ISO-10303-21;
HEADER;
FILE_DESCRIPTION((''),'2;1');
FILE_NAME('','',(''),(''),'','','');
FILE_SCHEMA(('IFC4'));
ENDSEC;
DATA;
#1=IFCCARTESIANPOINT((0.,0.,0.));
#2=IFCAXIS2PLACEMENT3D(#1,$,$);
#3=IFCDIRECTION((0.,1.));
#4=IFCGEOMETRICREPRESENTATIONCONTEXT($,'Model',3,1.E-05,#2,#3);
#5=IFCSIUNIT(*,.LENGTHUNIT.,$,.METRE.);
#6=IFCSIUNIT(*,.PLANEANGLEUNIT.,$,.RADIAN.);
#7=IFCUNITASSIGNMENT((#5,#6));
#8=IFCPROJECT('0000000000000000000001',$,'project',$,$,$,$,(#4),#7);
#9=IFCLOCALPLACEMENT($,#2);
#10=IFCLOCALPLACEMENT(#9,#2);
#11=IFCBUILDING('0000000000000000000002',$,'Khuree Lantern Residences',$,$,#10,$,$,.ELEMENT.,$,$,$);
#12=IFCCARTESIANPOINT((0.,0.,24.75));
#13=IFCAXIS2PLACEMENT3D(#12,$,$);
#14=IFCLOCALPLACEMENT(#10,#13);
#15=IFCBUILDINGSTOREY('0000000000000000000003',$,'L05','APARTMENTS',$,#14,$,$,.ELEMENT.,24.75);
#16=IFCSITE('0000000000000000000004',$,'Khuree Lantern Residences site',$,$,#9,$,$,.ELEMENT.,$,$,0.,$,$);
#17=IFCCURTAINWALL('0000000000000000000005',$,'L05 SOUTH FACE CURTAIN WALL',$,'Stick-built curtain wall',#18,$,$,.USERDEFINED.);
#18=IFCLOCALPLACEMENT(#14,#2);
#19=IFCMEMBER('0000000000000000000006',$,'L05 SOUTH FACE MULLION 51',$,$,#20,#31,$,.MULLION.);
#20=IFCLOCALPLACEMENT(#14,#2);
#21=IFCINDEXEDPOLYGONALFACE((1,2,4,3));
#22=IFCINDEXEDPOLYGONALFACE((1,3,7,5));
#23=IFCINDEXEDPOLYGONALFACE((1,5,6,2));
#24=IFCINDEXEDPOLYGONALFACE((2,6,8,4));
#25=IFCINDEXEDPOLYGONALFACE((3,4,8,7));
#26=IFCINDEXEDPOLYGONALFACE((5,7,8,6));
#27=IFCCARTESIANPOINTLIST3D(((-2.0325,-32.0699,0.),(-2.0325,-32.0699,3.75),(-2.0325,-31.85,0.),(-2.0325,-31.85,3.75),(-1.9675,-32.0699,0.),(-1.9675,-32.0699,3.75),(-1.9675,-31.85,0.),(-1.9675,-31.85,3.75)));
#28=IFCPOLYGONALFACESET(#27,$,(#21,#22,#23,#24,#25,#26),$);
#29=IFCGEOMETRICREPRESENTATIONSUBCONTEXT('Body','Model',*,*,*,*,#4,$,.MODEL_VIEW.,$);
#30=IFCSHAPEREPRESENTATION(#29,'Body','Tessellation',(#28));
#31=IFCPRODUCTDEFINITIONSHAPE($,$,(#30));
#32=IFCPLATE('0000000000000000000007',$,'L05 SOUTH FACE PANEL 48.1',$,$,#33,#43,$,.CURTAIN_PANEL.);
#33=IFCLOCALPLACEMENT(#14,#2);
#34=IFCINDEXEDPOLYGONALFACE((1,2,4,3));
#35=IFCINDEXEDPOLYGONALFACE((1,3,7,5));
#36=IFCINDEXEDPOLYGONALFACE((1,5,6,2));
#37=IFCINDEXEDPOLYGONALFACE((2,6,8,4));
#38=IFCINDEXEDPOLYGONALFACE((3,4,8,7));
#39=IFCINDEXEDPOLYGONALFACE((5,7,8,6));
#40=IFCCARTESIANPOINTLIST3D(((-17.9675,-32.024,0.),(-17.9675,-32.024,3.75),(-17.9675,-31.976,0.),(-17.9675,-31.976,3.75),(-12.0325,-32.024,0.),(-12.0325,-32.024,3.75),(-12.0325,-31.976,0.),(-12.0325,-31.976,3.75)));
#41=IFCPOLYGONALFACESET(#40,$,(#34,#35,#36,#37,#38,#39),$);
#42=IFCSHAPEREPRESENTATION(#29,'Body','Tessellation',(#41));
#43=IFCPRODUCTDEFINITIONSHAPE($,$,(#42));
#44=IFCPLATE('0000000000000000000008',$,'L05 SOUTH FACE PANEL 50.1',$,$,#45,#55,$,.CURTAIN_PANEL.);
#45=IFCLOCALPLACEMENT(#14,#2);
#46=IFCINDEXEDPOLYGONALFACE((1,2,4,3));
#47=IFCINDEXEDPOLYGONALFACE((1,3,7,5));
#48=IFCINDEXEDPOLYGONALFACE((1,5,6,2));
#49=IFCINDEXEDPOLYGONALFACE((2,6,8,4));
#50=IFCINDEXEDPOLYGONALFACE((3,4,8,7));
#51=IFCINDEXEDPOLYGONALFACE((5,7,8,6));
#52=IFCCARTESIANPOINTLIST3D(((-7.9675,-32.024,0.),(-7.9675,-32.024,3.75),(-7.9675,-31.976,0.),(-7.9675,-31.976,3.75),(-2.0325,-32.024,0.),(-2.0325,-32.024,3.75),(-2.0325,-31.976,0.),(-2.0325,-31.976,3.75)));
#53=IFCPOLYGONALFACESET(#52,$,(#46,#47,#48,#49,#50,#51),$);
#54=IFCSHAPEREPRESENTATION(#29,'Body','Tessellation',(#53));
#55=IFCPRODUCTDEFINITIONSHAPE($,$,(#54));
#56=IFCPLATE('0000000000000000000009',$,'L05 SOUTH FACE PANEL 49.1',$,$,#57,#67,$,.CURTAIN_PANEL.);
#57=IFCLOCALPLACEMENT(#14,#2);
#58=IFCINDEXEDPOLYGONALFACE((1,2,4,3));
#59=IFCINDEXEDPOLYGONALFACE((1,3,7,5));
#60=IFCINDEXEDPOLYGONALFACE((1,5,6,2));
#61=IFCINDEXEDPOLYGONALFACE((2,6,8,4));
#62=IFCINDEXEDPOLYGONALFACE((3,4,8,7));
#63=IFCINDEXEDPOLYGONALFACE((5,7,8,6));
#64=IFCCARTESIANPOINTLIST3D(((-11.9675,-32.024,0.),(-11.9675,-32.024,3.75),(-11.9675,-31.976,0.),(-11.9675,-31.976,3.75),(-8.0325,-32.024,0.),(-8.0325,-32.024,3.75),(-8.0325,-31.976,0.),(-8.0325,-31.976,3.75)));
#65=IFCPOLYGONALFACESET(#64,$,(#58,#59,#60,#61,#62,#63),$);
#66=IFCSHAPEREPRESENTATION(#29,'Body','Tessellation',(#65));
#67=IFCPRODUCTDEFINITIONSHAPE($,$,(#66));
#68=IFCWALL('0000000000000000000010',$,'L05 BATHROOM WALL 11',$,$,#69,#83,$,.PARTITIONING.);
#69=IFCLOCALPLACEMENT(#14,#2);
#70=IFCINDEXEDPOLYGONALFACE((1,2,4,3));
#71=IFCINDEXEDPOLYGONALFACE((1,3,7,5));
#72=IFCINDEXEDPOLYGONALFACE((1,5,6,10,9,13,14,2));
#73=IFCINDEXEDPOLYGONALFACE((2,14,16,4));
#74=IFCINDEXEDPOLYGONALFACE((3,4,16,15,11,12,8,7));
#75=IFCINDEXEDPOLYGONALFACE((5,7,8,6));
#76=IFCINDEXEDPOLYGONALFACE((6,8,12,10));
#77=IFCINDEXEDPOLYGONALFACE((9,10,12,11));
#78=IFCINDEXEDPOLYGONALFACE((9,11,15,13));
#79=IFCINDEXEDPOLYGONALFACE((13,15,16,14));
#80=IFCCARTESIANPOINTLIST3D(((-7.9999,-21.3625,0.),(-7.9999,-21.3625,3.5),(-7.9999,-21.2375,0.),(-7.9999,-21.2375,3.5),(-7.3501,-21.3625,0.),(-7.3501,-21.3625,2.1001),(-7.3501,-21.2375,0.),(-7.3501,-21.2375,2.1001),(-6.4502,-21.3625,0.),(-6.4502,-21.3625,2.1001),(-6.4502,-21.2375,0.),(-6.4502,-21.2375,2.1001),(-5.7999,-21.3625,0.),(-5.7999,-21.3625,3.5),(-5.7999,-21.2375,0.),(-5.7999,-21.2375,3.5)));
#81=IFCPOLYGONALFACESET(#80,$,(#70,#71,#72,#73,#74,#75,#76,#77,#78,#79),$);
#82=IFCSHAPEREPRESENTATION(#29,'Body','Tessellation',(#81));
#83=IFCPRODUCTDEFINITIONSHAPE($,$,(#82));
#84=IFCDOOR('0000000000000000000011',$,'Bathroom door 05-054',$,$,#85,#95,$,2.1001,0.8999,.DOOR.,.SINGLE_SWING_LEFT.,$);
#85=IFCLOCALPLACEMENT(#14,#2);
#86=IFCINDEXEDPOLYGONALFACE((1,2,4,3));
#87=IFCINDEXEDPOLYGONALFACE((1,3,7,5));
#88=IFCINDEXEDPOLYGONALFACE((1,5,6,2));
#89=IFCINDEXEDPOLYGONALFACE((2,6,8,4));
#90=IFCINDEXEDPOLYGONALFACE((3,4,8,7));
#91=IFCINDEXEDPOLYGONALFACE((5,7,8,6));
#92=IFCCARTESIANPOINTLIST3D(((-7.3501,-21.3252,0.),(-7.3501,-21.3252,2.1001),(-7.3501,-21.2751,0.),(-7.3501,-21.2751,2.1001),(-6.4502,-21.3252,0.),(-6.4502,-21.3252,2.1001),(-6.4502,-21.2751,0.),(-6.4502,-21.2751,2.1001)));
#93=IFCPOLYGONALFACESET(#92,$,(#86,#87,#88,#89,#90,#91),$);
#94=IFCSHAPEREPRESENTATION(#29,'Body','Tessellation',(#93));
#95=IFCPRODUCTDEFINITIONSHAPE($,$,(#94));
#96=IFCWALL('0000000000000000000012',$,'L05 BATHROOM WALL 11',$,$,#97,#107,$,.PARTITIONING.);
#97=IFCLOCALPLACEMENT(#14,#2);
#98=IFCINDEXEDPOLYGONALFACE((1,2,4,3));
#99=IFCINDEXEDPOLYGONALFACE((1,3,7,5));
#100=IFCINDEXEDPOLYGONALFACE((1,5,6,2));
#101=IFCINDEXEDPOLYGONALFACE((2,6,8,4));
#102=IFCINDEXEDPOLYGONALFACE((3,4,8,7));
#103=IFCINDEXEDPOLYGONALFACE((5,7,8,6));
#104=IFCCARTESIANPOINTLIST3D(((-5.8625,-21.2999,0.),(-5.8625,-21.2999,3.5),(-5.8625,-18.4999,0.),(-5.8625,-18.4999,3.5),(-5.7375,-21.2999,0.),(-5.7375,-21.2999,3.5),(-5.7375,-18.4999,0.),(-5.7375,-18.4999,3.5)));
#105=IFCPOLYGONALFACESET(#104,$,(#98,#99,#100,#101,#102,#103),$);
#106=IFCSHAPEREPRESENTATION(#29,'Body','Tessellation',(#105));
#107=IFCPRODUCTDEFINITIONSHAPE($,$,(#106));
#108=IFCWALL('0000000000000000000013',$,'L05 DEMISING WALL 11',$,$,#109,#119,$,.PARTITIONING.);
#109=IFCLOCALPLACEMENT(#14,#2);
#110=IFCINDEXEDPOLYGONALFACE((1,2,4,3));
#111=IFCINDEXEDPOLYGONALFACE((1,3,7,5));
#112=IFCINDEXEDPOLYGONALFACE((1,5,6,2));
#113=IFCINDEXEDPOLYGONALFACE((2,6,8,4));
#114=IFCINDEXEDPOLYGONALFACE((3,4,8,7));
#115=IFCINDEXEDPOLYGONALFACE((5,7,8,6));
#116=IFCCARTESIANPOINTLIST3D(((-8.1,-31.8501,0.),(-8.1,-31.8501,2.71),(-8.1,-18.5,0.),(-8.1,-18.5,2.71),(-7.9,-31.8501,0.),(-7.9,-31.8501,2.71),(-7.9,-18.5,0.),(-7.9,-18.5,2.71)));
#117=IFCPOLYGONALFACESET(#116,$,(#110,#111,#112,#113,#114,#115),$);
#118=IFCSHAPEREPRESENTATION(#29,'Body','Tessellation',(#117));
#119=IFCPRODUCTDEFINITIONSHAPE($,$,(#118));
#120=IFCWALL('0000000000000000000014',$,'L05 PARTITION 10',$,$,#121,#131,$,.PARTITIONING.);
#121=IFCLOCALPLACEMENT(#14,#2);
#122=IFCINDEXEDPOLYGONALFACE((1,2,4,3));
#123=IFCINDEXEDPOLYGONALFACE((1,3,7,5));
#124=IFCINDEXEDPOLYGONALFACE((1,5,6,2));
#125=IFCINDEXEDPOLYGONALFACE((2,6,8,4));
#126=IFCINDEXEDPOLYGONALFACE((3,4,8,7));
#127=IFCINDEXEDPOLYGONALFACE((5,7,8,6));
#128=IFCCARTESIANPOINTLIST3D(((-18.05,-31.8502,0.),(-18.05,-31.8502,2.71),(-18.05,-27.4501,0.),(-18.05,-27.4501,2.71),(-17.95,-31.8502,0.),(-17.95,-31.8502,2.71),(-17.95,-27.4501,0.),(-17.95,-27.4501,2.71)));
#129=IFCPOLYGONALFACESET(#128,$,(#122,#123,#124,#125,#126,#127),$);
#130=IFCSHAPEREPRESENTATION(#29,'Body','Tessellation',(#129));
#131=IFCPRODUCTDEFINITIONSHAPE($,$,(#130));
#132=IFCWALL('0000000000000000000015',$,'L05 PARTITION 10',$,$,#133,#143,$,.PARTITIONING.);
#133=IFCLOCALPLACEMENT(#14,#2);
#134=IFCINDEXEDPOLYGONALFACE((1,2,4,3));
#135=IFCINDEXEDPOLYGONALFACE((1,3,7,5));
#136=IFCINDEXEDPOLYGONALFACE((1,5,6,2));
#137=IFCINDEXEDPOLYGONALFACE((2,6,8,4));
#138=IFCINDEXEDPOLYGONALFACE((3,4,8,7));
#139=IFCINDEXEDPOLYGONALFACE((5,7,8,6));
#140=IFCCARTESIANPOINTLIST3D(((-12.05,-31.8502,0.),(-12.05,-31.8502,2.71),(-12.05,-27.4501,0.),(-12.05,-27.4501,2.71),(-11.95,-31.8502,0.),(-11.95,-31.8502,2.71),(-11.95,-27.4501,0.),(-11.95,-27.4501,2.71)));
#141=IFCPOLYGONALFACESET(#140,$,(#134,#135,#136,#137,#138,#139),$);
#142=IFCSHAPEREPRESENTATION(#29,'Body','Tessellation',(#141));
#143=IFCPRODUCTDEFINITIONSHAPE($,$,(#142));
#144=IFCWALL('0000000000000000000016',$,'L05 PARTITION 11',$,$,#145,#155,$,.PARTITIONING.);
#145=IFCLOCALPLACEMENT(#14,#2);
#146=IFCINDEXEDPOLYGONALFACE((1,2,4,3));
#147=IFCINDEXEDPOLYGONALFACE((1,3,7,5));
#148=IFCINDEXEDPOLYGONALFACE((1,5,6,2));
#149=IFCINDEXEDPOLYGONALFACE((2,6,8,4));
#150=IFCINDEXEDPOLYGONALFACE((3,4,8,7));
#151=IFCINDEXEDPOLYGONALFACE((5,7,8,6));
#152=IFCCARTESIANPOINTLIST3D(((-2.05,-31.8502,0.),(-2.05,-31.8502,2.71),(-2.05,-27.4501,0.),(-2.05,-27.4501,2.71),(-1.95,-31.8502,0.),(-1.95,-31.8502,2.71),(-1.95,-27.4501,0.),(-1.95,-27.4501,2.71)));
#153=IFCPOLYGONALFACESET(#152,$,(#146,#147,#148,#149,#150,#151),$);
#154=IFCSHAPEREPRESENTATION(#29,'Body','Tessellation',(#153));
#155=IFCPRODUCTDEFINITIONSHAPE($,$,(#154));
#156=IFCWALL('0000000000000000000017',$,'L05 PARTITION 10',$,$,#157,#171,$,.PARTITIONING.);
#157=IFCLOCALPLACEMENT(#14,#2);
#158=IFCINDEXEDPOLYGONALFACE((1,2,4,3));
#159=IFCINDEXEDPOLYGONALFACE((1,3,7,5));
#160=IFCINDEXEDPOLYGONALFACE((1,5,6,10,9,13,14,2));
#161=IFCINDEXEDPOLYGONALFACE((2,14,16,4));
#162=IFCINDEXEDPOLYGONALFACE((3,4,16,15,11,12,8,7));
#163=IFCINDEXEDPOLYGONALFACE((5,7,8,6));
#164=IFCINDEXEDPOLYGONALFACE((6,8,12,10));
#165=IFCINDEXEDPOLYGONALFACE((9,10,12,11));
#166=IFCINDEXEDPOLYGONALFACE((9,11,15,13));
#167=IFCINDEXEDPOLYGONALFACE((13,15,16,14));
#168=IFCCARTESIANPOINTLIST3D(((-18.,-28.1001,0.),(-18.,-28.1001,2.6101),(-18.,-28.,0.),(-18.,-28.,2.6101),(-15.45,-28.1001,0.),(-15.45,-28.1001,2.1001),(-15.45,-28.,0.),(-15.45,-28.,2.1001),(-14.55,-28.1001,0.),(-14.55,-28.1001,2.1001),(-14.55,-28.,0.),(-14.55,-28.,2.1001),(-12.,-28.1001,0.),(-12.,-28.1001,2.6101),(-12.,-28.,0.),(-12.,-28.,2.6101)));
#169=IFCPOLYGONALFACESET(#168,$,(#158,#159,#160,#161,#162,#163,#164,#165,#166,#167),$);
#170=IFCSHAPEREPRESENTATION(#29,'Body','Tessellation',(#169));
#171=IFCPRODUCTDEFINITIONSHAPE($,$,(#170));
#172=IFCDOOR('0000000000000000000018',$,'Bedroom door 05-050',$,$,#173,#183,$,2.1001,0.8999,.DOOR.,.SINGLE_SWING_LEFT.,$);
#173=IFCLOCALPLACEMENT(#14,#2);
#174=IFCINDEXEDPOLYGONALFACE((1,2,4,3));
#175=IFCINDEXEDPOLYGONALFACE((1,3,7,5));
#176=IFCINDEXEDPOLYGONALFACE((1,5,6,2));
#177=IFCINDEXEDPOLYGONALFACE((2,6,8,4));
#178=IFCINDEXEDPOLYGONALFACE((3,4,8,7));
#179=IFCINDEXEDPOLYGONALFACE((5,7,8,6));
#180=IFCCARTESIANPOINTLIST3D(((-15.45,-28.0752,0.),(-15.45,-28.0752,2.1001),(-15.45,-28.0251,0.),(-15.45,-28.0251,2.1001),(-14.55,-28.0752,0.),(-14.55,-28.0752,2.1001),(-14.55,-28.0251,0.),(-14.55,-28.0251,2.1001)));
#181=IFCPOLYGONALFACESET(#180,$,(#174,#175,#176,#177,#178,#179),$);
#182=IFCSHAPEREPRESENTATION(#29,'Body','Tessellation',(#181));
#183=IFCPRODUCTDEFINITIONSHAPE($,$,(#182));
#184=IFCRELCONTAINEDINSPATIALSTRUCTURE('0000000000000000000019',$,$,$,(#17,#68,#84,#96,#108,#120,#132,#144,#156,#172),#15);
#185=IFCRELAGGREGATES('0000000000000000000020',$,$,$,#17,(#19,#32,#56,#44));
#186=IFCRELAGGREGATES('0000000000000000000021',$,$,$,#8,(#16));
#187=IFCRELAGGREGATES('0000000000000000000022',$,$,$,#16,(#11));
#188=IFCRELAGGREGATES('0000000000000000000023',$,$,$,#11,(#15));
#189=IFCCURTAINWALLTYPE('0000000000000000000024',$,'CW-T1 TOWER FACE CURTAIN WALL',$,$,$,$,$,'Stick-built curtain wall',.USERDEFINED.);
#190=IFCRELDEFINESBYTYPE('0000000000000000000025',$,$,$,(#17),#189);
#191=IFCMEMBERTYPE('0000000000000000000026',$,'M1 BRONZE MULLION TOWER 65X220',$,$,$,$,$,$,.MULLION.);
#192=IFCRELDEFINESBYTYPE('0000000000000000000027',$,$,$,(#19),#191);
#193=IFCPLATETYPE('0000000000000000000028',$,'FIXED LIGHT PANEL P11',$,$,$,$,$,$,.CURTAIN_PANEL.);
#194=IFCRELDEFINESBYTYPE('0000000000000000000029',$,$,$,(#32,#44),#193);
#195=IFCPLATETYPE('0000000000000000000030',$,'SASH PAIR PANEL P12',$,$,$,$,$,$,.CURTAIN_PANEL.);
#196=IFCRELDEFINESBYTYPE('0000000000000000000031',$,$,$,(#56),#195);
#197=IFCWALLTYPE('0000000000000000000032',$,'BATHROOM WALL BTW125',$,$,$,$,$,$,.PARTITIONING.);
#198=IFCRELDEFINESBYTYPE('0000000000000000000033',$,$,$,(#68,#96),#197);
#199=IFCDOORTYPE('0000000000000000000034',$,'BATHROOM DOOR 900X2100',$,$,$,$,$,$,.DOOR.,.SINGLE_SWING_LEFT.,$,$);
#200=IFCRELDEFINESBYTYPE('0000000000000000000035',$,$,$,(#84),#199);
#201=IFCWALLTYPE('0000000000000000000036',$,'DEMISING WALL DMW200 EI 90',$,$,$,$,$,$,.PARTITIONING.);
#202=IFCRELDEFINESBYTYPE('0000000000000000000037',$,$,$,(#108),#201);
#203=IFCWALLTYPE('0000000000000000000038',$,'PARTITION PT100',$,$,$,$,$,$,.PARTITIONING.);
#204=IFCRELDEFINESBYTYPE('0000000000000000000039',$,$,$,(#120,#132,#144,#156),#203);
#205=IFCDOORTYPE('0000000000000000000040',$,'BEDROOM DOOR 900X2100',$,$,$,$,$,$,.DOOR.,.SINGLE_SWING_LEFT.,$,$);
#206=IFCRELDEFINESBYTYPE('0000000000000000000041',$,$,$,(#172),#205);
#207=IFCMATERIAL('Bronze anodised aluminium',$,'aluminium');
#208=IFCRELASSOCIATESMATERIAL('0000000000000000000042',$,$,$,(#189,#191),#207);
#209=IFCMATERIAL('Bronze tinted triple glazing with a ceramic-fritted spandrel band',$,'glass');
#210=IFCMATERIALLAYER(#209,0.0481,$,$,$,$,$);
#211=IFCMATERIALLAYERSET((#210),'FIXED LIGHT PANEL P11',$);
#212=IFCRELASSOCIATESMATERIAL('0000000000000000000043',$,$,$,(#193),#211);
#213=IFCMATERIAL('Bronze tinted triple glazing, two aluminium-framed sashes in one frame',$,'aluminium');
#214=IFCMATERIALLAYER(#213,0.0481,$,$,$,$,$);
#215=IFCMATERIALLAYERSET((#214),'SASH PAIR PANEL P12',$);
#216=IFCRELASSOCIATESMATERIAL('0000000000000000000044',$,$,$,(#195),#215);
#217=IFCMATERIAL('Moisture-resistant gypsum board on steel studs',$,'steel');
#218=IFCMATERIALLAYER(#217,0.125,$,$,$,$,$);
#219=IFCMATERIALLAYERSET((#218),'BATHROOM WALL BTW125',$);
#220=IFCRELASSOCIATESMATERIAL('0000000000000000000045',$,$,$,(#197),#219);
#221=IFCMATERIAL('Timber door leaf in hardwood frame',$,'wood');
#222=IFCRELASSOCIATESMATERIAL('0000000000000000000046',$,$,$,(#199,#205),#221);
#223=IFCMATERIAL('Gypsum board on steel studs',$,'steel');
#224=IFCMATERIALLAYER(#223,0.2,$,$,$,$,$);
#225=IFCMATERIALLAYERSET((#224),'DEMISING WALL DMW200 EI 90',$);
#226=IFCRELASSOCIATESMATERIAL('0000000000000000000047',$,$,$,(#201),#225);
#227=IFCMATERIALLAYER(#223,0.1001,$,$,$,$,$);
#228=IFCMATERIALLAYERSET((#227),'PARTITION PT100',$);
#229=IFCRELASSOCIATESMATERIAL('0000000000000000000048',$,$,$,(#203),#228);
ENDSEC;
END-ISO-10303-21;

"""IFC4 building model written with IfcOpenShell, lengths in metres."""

from ifc_helpers import new_model, si_unit, direction, frame, frame_2d, origin, origin_2d, place, context, subcontext, project, spatial, rectangle, extrude, material, layer, layer_set, material_profile, profile_set, type_object, element, fill, aggregate, save


model = new_model("IFC4")

# Units and contexts
model_context = context("Model", 3, precision=1e-05, world=origin(), true_north=direction((0.0, 1.0)))
body_context = subcontext(model_context, "Body", "Model", "MODEL_VIEW")
ifc_project = project(units=[si_unit("LENGTHUNIT", "METRE"), si_unit("PLANEANGLEUNIT", "RADIAN")], contexts=[model_context])

# Site, building, storey
site_placement = place(None, origin())
site = spatial("IfcSite", under=ifc_project, at=site_placement, Name="Khuree Lantern Residences site", CompositionType="ELEMENT", RefElevation=0.0)
building_placement = place(site_placement, origin())
building = spatial("IfcBuilding", under=site, at=building_placement, Name="Khuree Lantern Residences", CompositionType="ELEMENT")
storey_placement = place(building_placement, frame((0.0, 0.0, 24.75)))
storey = spatial("IfcBuildingStorey", under=building, at=storey_placement, Name="L05", Description="APARTMENTS", CompositionType="ELEMENT", Elevation=24.75)

# Curtain wall
ifc_material_1 = material(Name="Bronze anodised aluminium", Category="aluminium")
curtain_wall_type = type_object("IfcCurtainWallType", Name="CW-T1 TOWER FACE CURTAIN WALL", ElementType="Stick-built curtain wall", PredefinedType="USERDEFINED", material=ifc_material_1)
curtain_wall_placement = place(storey_placement, origin())
curtain_wall = element("IfcCurtainWall", 1, at=curtain_wall_placement, inside=storey, type_object=curtain_wall_type, Name="L05 SOUTH FACE CURTAIN WALL", ObjectType="Stick-built curtain wall", PredefinedType="USERDEFINED")

# Member
ifc_material_profile_1 = material_profile(ifc_material_1, rectangle(XDim=0.0649, YDim=0.22, at=origin_2d()), Name="M1 65X220")
ifc_profile_set_1 = profile_set([ifc_material_profile_1], Name="Bronze anodised aluminium")
member_type_1 = type_object("IfcMemberType", Name="M1 BRONZE MULLION TOWER 65X220", PredefinedType="MULLION", material=ifc_profile_set_1)
member_1_placement = place(storey_placement, frame((-2.0, -31.96, 0.0), z_axis=(0.0, 0.0, 1.0), x_axis=(1.0, 0.0, 0.0)))
member_1 = element("IfcMember", 2, at=member_1_placement, type_object=member_type_1, Name="L05 SOUTH FACE MULLION 51", PredefinedType="MULLION", context=body_context, shape_type="SweptSolid", body=[
    extrude(rectangle(XDim=0.0649, YDim=0.22, at=origin_2d()), origin(), (0.0, 0.0, 1.0), 3.75),
])

# Plates
ifc_material_2 = material(Name="Bronze tinted triple glazing with a ceramic-fritted spandrel band", Category="glass")
ifc_layer_1 = layer(ifc_material_2, 0.0481)
ifc_layer_set_1 = layer_set([ifc_layer_1], Name="FIXED LIGHT PANEL P11")
plate_type_1 = type_object("IfcPlateType", Name="FIXED LIGHT PANEL P11", PredefinedType="CURTAIN_PANEL", material=ifc_layer_set_1)
plate_1_placement = place(storey_placement, frame((-15.0, -32.0, 0.0), z_axis=(0.0, 0.0, 1.0), x_axis=(1.0, 0.0, 0.0)))
plate_1 = element("IfcPlate", 3, at=plate_1_placement, type_object=plate_type_1, Name="L05 SOUTH FACE PANEL 48.1", PredefinedType="CURTAIN_PANEL", context=body_context, shape_type="SweptSolid", body=[
    extrude(rectangle(XDim=5.9351, YDim=0.0481, at=origin_2d()), origin(), (0.0, 0.0, 1.0), 3.75),
])
plate_2_placement = place(storey_placement, frame((-5.0, -32.0, 0.0), z_axis=(0.0, 0.0, 1.0), x_axis=(1.0, 0.0, 0.0)))
plate_2 = element("IfcPlate", 4, at=plate_2_placement, type_object=plate_type_1, Name="L05 SOUTH FACE PANEL 50.1", PredefinedType="CURTAIN_PANEL", context=body_context, shape_type="SweptSolid", body=[
    extrude(rectangle(XDim=5.9351, YDim=0.0481, at=origin_2d()), origin(), (0.0, 0.0, 1.0), 3.75),
])
ifc_material_3 = material(Name="Bronze tinted triple glazing, two aluminium-framed sashes in one frame", Category="aluminium")
ifc_layer_2 = layer(ifc_material_3, 0.0481)
ifc_layer_set_2 = layer_set([ifc_layer_2], Name="SASH PAIR PANEL P12")
plate_type_2 = type_object("IfcPlateType", Name="SASH PAIR PANEL P12", PredefinedType="CURTAIN_PANEL", material=ifc_layer_set_2)
plate_3_placement = place(storey_placement, frame((-10.0, -32.0, 0.0), z_axis=(0.0, 0.0, 1.0), x_axis=(1.0, 0.0, 0.0)))
plate_3 = element("IfcPlate", 5, at=plate_3_placement, type_object=plate_type_2, Name="L05 SOUTH FACE PANEL 49.1", PredefinedType="CURTAIN_PANEL", context=body_context, shape_type="SweptSolid", body=[
    extrude(rectangle(XDim=3.9351, YDim=0.0481, at=origin_2d()), origin(), (0.0, 0.0, 1.0), 3.75),
])
aggregate(curtain_wall, [member_1, plate_1, plate_3, plate_2])

# Wall, opening, door
ifc_material_4 = material(Name="Moisture-resistant gypsum board on steel studs", Category="steel")
ifc_layer_3 = layer(ifc_material_4, 0.125)
ifc_layer_set_3 = layer_set([ifc_layer_3], Name="BATHROOM WALL BTW125")
wall_type_1 = type_object("IfcWallType", Name="BATHROOM WALL BTW125", PredefinedType="PARTITIONING", material=ifc_layer_set_3)
wall_1_placement = place(storey_placement, frame((-8.0, -21.3, 0.0), z_axis=(0.0, 0.0, 1.0), x_axis=(1.0, 0.0, 0.0)))
wall_1 = element("IfcWall", 6, at=wall_1_placement, inside=storey, type_object=wall_type_1, Name="L05 BATHROOM WALL 11", PredefinedType="PARTITIONING", context=body_context, shape_type="SweptSolid", body=[
    extrude(rectangle(XDim=2.2, YDim=0.125, at=frame_2d((1.1001, 0.0))), origin(), (0.0, 0.0, 1.0), 3.5),
])
opening_1_placement = place(wall_1_placement, frame((0.6499, 0.0, 0.0)))
opening_1 = element("IfcOpeningElement", 7, at=opening_1_placement, cuts=wall_1, PredefinedType="OPENING", context=body_context, shape_type="SweptSolid", body=[
    extrude(rectangle(XDim=0.8999, YDim=2.1001, at=frame_2d((0.45, 1.05))), frame((0.0, 0.0725, 0.0), z_axis=(0.0, -1.0, 0.0), x_axis=(1.0, 0.0, 0.0)), (0.0, 0.0, 1.0), 0.145),
])
ifc_material_5 = material(Name="Timber door leaf in hardwood frame", Category="wood")
door_type_1 = type_object("IfcDoorType", Name="BATHROOM DOOR 900X2100", OperationType="SINGLE_SWING_LEFT", PredefinedType="DOOR", material=ifc_material_5)
door_1_placement = place(opening_1_placement, origin())
door_1 = element("IfcDoor", 8, at=door_1_placement, inside=storey, type_object=door_type_1, Name="Bathroom door 05-054", OperationType="SINGLE_SWING_LEFT", OverallHeight=2.1001, OverallWidth=0.8999, PredefinedType="DOOR", context=body_context, shape_type="SweptSolid", body=[
    extrude(rectangle(XDim=0.8999, YDim=2.1001, at=frame_2d((0.45, 1.05))), frame((0.0, 0.0249, 0.0), z_axis=(0.0, -1.0, 0.0), x_axis=(1.0, 0.0, 0.0)), (0.0, 0.0, 1.0), 0.05),
])
fill(opening_1, door_1)

# Walls
wall_2_placement = place(storey_placement, frame((-5.8, -18.5, 0.0), z_axis=(0.0, 0.0, 1.0), x_axis=(0.0, -1.0, 0.0)))
element("IfcWall", 9, at=wall_2_placement, inside=storey, type_object=wall_type_1, Name="L05 BATHROOM WALL 11", PredefinedType="PARTITIONING", context=body_context, shape_type="SweptSolid", body=[
    extrude(rectangle(XDim=2.8, YDim=0.125, at=frame_2d((1.3999, 0.0))), origin(), (0.0, 0.0, 1.0), 3.5),
])
ifc_material_6 = material(Name="Gypsum board on steel studs", Category="steel")
ifc_layer_4 = layer(ifc_material_6, 0.2)
ifc_layer_set_4 = layer_set([ifc_layer_4], Name="DEMISING WALL DMW200 EI 90")
wall_type_2 = type_object("IfcWallType", Name="DEMISING WALL DMW200 EI 90", PredefinedType="PARTITIONING", material=ifc_layer_set_4)
wall_3_placement = place(storey_placement, frame((-8.0, -18.5, 0.0), z_axis=(0.0, 0.0, 1.0), x_axis=(0.0, -1.0, 0.0)))
element("IfcWall", 10, at=wall_3_placement, inside=storey, type_object=wall_type_2, Name="L05 DEMISING WALL 11", PredefinedType="PARTITIONING", context=body_context, shape_type="SweptSolid", body=[
    extrude(rectangle(XDim=13.3501, YDim=0.2, at=frame_2d((6.675, 0.0))), origin(), (0.0, 0.0, 1.0), 2.71),
])
ifc_layer_5 = layer(ifc_material_6, 0.1001)
ifc_layer_set_5 = layer_set([ifc_layer_5], Name="PARTITION PT100")
wall_type_3 = type_object("IfcWallType", Name="PARTITION PT100", PredefinedType="PARTITIONING", material=ifc_layer_set_5)
for number, where, z_axis, x_axis, name in (
    (11, (-18.0, -27.45, 0.0), (0.0, 0.0, 1.0), (0.0, -1.0, 0.0), "L05 PARTITION 10"),
    (12, (-12.0, -27.45, 0.0), (0.0, 0.0, 1.0), (0.0, -1.0, 0.0), "L05 PARTITION 10"),
    (13, (-2.0, -27.45, 0.0), (0.0, 0.0, 1.0), (0.0, -1.0, 0.0), "L05 PARTITION 11"),
):
    element("IfcWall", number, at=place(storey_placement, frame(where, z_axis=z_axis, x_axis=x_axis)), inside=storey, type_object=wall_type_3, Name=name, PredefinedType="PARTITIONING", context=body_context, shape_type="SweptSolid", body=[
        extrude(rectangle(XDim=4.4001, YDim=0.1001, at=frame_2d((2.2002, 0.0))), origin(), (0.0, 0.0, 1.0), 2.71),
    ])

# Wall, opening, door
wall_4_placement = place(storey_placement, frame((-18.0, -28.05, 0.0), z_axis=(0.0, 0.0, 1.0), x_axis=(1.0, 0.0, 0.0)))
wall_4 = element("IfcWall", 14, at=wall_4_placement, inside=storey, type_object=wall_type_3, Name="L05 PARTITION 10", PredefinedType="PARTITIONING", context=body_context, shape_type="SweptSolid", body=[
    extrude(rectangle(XDim=6.0, YDim=0.1001, at=frame_2d((3.0, 0.0))), origin(), (0.0, 0.0, 1.0), 2.6101),
])
opening_2_placement = place(wall_4_placement, frame((2.55, 0.0, 0.0)))
opening_2 = element("IfcOpeningElement", 15, at=opening_2_placement, cuts=wall_4, PredefinedType="OPENING", context=body_context, shape_type="SweptSolid", body=[
    extrude(rectangle(XDim=0.8999, YDim=2.1001, at=frame_2d((0.45, 1.05))), frame((0.0, 0.0601, 0.0), z_axis=(0.0, -1.0, 0.0), x_axis=(1.0, 0.0, 0.0)), (0.0, 0.0, 1.0), 0.1201),
])
door_type_2 = type_object("IfcDoorType", Name="BEDROOM DOOR 900X2100", OperationType="SINGLE_SWING_LEFT", PredefinedType="DOOR", material=ifc_material_5)
door_2_placement = place(opening_2_placement, origin())
door_2 = element("IfcDoor", 16, at=door_2_placement, inside=storey, type_object=door_type_2, Name="Bedroom door 05-050", OperationType="SINGLE_SWING_LEFT", OverallHeight=2.1001, OverallWidth=0.8999, PredefinedType="DOOR", context=body_context, shape_type="SweptSolid", body=[
    extrude(rectangle(XDim=0.8999, YDim=2.1001, at=frame_2d((0.45, 1.05))), frame((0.0, 0.0249, 0.0), z_axis=(0.0, -1.0, 0.0), x_axis=(1.0, 0.0, 0.0)), (0.0, 0.0, 1.0), 0.05),
])
fill(opening_2, door_2)

save(model, "model.ifc")
